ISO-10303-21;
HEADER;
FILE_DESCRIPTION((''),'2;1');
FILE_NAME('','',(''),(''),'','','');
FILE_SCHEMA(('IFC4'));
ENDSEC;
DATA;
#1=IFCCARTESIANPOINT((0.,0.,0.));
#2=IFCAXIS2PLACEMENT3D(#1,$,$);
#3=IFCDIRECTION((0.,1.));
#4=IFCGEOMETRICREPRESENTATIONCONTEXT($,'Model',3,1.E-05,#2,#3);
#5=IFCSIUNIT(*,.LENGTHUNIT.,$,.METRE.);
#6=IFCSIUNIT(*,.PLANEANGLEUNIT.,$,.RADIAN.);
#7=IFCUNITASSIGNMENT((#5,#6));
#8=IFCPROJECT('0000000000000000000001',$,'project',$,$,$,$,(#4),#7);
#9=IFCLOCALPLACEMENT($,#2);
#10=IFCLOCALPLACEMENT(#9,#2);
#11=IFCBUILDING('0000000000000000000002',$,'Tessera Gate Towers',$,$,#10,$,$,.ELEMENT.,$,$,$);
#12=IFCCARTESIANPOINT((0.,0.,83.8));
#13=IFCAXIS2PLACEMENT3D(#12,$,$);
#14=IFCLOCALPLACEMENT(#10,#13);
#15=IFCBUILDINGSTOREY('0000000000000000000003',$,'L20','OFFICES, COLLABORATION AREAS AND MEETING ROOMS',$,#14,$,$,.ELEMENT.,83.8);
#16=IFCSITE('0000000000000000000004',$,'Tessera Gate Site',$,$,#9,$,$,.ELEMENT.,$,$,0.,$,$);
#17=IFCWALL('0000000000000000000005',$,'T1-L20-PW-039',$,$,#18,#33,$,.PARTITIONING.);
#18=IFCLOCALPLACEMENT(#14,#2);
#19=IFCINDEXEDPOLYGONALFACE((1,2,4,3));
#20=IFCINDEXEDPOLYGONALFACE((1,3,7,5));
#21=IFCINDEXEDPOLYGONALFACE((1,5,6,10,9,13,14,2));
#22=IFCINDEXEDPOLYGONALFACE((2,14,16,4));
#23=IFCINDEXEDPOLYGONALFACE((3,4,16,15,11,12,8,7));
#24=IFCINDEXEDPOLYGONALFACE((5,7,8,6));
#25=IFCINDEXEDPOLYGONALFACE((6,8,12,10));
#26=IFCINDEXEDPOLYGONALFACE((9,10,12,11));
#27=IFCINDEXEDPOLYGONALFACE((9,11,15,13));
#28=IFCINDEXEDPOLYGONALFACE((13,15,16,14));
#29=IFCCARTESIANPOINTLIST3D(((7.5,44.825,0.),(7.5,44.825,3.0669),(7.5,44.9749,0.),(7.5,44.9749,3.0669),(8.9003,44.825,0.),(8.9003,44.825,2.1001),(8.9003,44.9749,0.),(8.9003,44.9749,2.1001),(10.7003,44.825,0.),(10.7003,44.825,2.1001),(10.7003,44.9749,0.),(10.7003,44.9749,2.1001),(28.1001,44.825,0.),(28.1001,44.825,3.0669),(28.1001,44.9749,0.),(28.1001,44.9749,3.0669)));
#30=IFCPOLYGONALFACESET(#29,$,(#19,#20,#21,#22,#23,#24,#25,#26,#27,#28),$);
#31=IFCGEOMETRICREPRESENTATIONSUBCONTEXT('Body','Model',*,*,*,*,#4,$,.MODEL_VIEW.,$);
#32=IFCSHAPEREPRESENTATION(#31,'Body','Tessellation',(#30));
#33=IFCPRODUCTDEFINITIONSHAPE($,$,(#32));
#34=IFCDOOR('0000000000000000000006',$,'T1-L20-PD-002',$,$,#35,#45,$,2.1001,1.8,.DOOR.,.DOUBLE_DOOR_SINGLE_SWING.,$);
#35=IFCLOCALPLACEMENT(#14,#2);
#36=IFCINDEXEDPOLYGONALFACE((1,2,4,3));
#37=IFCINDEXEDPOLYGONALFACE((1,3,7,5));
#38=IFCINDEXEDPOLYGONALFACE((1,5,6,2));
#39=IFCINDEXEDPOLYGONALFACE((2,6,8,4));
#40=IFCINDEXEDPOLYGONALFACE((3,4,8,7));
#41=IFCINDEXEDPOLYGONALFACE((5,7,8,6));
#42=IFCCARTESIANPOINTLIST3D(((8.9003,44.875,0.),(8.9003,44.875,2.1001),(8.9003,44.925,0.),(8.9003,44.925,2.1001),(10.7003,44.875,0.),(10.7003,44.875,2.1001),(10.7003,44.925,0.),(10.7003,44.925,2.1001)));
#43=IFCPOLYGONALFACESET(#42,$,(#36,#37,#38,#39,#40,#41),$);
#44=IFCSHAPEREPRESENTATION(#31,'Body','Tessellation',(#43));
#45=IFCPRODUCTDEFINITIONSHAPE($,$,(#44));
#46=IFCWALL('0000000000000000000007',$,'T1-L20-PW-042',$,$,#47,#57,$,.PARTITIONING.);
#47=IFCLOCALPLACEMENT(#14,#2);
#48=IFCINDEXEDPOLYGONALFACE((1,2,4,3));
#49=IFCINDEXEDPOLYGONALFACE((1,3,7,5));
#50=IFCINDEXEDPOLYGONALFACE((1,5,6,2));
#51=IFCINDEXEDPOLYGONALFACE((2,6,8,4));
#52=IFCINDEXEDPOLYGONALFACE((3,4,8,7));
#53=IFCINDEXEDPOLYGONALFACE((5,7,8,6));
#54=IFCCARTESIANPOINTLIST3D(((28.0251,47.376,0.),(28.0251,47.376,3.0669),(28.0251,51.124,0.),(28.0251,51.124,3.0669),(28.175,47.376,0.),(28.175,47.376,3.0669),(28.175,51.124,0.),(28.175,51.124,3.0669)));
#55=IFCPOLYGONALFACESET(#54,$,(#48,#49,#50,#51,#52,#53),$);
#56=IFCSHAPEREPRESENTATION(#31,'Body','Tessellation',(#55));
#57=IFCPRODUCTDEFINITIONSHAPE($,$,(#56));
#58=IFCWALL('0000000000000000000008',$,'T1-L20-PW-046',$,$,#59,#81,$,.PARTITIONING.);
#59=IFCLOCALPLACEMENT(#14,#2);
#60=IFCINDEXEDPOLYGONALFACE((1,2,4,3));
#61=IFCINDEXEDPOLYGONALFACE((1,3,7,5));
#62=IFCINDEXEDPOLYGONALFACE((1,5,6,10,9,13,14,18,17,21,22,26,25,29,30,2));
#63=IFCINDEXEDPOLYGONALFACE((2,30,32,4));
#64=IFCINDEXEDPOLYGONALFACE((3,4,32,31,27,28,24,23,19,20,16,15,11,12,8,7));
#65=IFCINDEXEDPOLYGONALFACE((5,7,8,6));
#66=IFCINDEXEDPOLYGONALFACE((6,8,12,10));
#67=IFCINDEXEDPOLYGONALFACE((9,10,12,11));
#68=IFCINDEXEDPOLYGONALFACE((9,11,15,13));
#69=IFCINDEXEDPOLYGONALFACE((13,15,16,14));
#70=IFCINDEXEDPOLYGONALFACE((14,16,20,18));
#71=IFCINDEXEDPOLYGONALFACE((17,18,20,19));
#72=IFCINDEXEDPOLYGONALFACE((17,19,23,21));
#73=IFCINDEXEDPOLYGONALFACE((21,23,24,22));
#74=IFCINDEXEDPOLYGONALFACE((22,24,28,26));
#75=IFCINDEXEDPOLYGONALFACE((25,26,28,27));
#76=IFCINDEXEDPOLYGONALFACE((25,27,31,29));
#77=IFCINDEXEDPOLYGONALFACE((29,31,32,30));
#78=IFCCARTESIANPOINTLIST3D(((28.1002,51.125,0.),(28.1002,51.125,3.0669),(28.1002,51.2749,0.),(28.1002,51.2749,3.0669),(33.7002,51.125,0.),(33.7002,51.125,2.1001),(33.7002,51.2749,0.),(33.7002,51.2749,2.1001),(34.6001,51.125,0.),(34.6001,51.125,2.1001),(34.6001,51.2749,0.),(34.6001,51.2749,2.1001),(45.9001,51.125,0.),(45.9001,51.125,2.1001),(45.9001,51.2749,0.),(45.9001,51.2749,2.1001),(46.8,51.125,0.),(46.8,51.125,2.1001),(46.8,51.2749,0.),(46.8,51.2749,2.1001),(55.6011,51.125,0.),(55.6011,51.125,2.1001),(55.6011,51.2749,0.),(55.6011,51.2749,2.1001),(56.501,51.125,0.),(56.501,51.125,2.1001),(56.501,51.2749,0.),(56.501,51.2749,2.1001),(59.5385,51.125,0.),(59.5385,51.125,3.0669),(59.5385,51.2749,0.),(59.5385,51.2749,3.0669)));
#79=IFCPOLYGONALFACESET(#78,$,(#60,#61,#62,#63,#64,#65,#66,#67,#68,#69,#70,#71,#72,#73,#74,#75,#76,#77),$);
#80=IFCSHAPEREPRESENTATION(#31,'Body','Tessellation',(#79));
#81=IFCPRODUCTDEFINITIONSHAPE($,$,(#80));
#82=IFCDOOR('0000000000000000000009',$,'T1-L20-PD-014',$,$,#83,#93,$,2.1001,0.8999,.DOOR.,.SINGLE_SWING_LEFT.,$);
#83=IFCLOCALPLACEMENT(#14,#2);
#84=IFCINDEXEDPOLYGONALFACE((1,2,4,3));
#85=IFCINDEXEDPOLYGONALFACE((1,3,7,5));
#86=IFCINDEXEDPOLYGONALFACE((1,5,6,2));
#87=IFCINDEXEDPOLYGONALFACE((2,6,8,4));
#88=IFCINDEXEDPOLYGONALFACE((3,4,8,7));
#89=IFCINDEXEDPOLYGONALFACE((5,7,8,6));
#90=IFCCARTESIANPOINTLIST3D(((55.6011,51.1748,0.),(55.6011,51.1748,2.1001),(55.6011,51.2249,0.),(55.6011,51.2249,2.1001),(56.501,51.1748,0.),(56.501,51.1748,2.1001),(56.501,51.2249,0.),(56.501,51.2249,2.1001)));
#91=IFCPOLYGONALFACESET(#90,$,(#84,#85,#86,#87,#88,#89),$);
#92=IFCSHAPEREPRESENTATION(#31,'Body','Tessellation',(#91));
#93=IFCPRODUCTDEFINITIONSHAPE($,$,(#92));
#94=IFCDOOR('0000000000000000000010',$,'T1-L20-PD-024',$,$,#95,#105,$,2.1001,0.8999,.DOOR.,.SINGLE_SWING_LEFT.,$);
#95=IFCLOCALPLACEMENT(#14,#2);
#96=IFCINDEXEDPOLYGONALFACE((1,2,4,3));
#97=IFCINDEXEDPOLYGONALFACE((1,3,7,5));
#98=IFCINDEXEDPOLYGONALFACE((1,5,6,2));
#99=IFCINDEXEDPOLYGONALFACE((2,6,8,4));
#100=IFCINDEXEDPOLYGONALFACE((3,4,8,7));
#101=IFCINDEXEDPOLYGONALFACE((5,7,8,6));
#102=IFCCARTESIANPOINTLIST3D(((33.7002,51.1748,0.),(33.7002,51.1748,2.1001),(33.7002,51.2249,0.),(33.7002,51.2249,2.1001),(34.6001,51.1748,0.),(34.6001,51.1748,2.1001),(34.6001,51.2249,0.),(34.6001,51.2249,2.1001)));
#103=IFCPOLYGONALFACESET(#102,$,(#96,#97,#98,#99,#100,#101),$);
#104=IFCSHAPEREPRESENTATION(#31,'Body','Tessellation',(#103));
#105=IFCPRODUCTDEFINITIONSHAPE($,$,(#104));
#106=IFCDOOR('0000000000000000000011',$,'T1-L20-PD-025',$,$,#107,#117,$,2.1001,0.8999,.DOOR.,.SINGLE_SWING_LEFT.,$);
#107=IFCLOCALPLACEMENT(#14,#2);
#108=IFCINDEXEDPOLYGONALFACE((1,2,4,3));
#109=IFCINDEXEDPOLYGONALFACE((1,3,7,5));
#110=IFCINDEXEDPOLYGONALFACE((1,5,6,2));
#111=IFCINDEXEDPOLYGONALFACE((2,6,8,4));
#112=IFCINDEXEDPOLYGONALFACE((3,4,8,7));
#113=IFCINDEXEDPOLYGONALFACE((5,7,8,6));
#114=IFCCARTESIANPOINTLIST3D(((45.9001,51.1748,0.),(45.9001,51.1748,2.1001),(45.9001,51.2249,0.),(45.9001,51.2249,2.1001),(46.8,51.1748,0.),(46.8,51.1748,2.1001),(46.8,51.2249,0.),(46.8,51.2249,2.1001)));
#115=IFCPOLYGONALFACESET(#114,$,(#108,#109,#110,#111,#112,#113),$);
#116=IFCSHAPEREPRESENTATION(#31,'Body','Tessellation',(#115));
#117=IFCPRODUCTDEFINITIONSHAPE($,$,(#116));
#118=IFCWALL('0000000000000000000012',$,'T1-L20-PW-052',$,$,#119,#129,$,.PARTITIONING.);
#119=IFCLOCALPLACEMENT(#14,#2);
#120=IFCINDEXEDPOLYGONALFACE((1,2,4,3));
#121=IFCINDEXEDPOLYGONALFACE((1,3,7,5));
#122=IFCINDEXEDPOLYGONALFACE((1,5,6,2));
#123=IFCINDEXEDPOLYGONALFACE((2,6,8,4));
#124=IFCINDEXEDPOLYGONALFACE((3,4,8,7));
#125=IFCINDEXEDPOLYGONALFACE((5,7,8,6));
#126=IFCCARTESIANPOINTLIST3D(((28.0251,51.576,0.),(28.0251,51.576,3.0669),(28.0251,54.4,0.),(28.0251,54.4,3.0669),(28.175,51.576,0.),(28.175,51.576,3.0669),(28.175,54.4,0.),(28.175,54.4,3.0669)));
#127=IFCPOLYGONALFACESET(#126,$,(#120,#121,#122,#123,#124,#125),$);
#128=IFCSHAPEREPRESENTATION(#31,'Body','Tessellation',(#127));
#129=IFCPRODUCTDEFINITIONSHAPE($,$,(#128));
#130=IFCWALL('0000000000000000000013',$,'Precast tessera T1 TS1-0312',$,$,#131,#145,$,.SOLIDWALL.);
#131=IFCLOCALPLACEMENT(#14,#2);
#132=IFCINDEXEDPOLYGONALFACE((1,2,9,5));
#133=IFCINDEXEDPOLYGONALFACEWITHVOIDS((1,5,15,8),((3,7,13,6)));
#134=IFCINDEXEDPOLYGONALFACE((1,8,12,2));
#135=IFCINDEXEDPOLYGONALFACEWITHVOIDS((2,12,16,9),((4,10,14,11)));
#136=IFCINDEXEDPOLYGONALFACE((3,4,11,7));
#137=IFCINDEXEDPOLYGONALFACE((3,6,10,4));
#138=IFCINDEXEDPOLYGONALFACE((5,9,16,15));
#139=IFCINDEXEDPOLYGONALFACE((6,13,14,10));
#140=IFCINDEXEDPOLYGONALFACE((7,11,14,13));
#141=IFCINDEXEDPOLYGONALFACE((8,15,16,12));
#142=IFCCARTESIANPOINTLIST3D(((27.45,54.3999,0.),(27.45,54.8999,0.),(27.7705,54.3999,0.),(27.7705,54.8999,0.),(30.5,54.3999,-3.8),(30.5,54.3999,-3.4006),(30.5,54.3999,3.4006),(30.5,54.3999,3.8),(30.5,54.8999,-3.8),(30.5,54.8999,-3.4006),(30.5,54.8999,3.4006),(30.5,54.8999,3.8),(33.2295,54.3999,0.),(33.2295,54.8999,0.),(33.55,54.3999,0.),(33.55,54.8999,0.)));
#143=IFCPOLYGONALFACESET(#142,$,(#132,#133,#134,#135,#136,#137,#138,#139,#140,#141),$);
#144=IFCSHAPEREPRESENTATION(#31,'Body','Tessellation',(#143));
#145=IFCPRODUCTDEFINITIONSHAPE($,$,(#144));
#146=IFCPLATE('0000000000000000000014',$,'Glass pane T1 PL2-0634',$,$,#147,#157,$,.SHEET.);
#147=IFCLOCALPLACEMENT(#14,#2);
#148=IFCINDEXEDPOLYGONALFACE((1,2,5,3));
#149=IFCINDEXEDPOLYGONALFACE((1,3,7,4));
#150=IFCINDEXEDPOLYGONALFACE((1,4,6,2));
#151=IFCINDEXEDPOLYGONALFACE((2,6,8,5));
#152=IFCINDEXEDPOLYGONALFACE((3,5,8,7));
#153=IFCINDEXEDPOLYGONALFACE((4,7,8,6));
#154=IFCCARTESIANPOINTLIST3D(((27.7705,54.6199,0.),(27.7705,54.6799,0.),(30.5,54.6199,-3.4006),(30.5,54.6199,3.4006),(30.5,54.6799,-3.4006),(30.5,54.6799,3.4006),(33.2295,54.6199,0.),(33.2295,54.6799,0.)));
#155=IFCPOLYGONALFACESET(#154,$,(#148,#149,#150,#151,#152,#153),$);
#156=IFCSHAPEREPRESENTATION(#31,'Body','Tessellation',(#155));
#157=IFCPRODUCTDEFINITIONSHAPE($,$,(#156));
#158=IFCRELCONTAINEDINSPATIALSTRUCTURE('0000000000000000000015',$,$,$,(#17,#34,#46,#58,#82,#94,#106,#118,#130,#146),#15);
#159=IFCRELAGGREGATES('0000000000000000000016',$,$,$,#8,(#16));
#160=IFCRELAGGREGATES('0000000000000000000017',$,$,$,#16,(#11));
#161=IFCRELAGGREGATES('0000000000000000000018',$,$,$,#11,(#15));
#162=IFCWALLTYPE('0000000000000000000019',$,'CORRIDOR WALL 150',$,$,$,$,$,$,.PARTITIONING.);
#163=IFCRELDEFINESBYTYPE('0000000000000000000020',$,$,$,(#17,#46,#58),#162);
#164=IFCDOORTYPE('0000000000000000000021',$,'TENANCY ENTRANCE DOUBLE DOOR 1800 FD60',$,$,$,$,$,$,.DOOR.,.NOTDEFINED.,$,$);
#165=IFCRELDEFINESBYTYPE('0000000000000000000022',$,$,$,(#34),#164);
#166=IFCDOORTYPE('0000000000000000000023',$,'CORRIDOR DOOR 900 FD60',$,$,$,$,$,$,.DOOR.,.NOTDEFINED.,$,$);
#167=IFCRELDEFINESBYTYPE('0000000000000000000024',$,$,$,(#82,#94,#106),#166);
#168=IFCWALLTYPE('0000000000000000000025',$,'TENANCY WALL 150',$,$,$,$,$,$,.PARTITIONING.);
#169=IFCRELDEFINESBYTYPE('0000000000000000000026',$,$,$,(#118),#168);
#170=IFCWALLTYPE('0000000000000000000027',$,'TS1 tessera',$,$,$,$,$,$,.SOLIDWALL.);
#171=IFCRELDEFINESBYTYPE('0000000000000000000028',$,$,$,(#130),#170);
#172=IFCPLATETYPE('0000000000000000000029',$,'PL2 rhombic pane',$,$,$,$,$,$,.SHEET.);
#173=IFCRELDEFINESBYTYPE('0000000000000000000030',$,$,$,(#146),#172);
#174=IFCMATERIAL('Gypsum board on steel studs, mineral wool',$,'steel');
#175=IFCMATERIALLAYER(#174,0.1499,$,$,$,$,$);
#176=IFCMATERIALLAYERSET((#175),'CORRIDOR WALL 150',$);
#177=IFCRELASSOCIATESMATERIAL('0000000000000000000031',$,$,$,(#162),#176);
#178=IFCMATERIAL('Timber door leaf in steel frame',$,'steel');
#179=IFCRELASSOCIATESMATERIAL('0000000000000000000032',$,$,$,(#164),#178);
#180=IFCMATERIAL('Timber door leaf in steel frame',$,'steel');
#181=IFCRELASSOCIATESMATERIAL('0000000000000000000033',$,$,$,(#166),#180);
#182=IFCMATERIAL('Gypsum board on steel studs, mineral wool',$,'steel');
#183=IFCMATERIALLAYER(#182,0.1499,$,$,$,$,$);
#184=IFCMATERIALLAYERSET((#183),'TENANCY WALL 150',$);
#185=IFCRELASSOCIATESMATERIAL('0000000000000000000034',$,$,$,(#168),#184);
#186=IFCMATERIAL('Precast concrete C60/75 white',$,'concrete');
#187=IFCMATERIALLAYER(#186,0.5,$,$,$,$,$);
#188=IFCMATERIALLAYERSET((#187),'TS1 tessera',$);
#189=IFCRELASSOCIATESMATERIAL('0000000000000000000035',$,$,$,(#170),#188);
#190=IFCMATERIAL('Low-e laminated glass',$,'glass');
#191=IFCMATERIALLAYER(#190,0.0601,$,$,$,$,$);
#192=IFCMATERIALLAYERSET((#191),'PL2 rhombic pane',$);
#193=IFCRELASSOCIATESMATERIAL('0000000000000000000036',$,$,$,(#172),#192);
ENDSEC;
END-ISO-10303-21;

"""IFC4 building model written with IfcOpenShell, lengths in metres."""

from ifc_helpers import new_model, si_unit, direction, frame, frame_2d, origin, place, context, subcontext, project, spatial, polyline, rectangle, outline, extrude, source, transform, mapped, material, layer, layer_set, type_object, element, fill, save


model = new_model("IFC4")

# Units and contexts
model_context = context("Model", 3, precision=1e-05, world=origin(), true_north=direction((0.0, 1.0)))
body_context = subcontext(model_context, "Body", "Model", "MODEL_VIEW")
ifc_project = project(units=[si_unit("LENGTHUNIT", "METRE"), si_unit("PLANEANGLEUNIT", "RADIAN")], contexts=[model_context])

# Site, building, storey
site_placement = place(None, origin())
site = spatial("IfcSite", under=ifc_project, at=site_placement, Name="Tessera Gate Site", CompositionType="ELEMENT", RefElevation=0.0)
building_placement = place(site_placement, origin())
building = spatial("IfcBuilding", under=site, at=building_placement, Name="Tessera Gate Towers", CompositionType="ELEMENT")
storey_placement = place(building_placement, frame((0.0, 0.0, 83.8)))
storey = spatial("IfcBuildingStorey", under=building, at=storey_placement, Name="L20", Description="OFFICES, COLLABORATION AREAS AND MEETING ROOMS", CompositionType="ELEMENT", Elevation=83.8)

# Shared definitions
shared_shape_1 = source(origin(), body_context, "Body", "SweptSolid", [
    extrude(rectangle(XDim=0.8999, YDim=2.1001, at=frame_2d((0.45, 1.05))), frame((0.0, 0.0249, 0.0), z_axis=(0.0, -1.0, 0.0), x_axis=(1.0, 0.0, 0.0)), (0.0, 0.0, 1.0), 0.05),
])

# Wall, opening, door
ifc_material_1 = material(Name="Gypsum board on steel studs, mineral wool", Category="steel")
ifc_layer_1 = layer(ifc_material_1, 0.1499)
ifc_layer_set_1 = layer_set([ifc_layer_1], Name="CORRIDOR WALL 150")
wall_type_1 = type_object("IfcWallType", Name="CORRIDOR WALL 150", PredefinedType="PARTITIONING", material=ifc_layer_set_1)
wall_1_placement = place(storey_placement, frame((28.1001, 44.8999, 0.0), z_axis=(0.0, 0.0, 1.0), x_axis=(-1.0, 0.0, 0.0)))
wall_1 = element("IfcWall", 1, at=wall_1_placement, inside=storey, type_object=wall_type_1, Name="T1-L20-PW-039", PredefinedType="PARTITIONING", context=body_context, shape_type="SweptSolid", body=[
    extrude(rectangle(XDim=20.6001, YDim=0.1499, at=frame_2d((10.3, 0.0))), origin(), (0.0, 0.0, 1.0), 3.0669),
])
shared_shape_2 = source(origin(), body_context, "Body", "SweptSolid", [
    extrude(rectangle(XDim=1.8, YDim=2.1001, at=frame_2d((0.8999, 1.05))), frame((0.0, 0.085, 0.0), z_axis=(0.0, -1.0, 0.0), x_axis=(1.0, 0.0, 0.0)), (0.0, 0.0, 1.0), 0.1699),
])
opening_1_placement = place(wall_1_placement, frame((17.3999, 0.0, 0.0)))
opening_1 = element("IfcOpeningElement", 2, at=opening_1_placement, cuts=wall_1, PredefinedType="OPENING", context=body_context, shape_type="MappedRepresentation", body=[
    mapped(shared_shape_2, transform((0.0, 0.0, 0.0), scale=1.0)),
])
ifc_material_2 = material(Name="Timber door leaf in steel frame", Category="steel")
door_type_1 = type_object("IfcDoorType", Name="TENANCY ENTRANCE DOUBLE DOOR 1800 FD60", OperationType="NOTDEFINED", PredefinedType="DOOR", material=ifc_material_2)
shared_shape_3 = source(origin(), body_context, "Body", "SweptSolid", [
    extrude(rectangle(XDim=1.8, YDim=2.1001, at=frame_2d((0.8999, 1.05))), frame((0.0, 0.0249, 0.0), z_axis=(0.0, -1.0, 0.0), x_axis=(1.0, 0.0, 0.0)), (0.0, 0.0, 1.0), 0.05),
])
door_1_placement = place(opening_1_placement, origin())
door_1 = element("IfcDoor", 3, at=door_1_placement, inside=storey, type_object=door_type_1, Name="T1-L20-PD-002", OperationType="DOUBLE_DOOR_SINGLE_SWING", OverallHeight=2.1001, OverallWidth=1.8, PredefinedType="DOOR", context=body_context, shape_type="MappedRepresentation", body=[
    mapped(shared_shape_3, transform((0.0, 0.0, 0.0), scale=1.0)),
])
fill(opening_1, door_1)

# Wall
wall_2_placement = place(storey_placement, frame((28.1001, 47.376, 0.0), z_axis=(0.0, 0.0, 1.0), x_axis=(0.0, 1.0, 0.0)))
element("IfcWall", 4, at=wall_2_placement, inside=storey, type_object=wall_type_1, Name="T1-L20-PW-042", PredefinedType="PARTITIONING", context=body_context, shape_type="SweptSolid", body=[
    extrude(rectangle(XDim=3.748, YDim=0.1499, at=frame_2d((1.874, 0.0))), origin(), (0.0, 0.0, 1.0), 3.0669),
])

# Wall, openings, doors
wall_3_placement = place(storey_placement, frame((28.1001, 51.2, 0.0), z_axis=(0.0, 0.0, 1.0), x_axis=(1.0, 0.0, 0.0)))
wall_3 = element("IfcWall", 5, at=wall_3_placement, inside=storey, type_object=wall_type_1, Name="T1-L20-PW-046", PredefinedType="PARTITIONING", context=body_context, shape_type="SweptSolid", body=[
    extrude(rectangle(XDim=31.4382, YDim=0.1499, at=frame_2d((15.7192, 0.0))), origin(), (0.0, 0.0, 1.0), 3.0669),
])
shared_shape_4 = source(origin(), body_context, "Body", "SweptSolid", [
    extrude(rectangle(XDim=0.8999, YDim=2.1001, at=frame_2d((0.45, 1.05))), frame((0.0, 0.085, 0.0), z_axis=(0.0, -1.0, 0.0), x_axis=(1.0, 0.0, 0.0)), (0.0, 0.0, 1.0), 0.1699),
])
opening_2_placement = place(wall_3_placement, frame((27.501, 0.0, 0.0)))
opening_2 = element("IfcOpeningElement", 6, at=opening_2_placement, cuts=wall_3, PredefinedType="OPENING", context=body_context, shape_type="MappedRepresentation", body=[
    mapped(shared_shape_4, transform((0.0, 0.0, 0.0), scale=1.0)),
])
opening_3_placement = place(wall_3_placement, frame((5.6001, 0.0, 0.0)))
opening_3 = element("IfcOpeningElement", 7, at=opening_3_placement, cuts=wall_3, PredefinedType="OPENING", context=body_context, shape_type="MappedRepresentation", body=[
    mapped(shared_shape_4, transform((0.0, 0.0, 0.0), scale=1.0)),
])
opening_4_placement = place(wall_3_placement, frame((17.8, 0.0, 0.0)))
opening_4 = element("IfcOpeningElement", 8, at=opening_4_placement, cuts=wall_3, PredefinedType="OPENING", context=body_context, shape_type="MappedRepresentation", body=[
    mapped(shared_shape_4, transform((0.0, 0.0, 0.0), scale=1.0)),
])
ifc_material_3 = material(Name="Timber door leaf in steel frame", Category="steel")
door_type_2 = type_object("IfcDoorType", Name="CORRIDOR DOOR 900 FD60", OperationType="NOTDEFINED", PredefinedType="DOOR", material=ifc_material_3)
door_2_placement = place(opening_2_placement, origin())
door_2 = element("IfcDoor", 9, at=door_2_placement, inside=storey, type_object=door_type_2, Name="T1-L20-PD-014", OperationType="SINGLE_SWING_LEFT", OverallHeight=2.1001, OverallWidth=0.8999, PredefinedType="DOOR", context=body_context, shape_type="MappedRepresentation", body=[
    mapped(shared_shape_1, transform((0.0, 0.0, 0.0), scale=1.0)),
])
fill(opening_2, door_2)
door_3_placement = place(opening_3_placement, origin())
door_3 = element("IfcDoor", 10, at=door_3_placement, inside=storey, type_object=door_type_2, Name="T1-L20-PD-024", OperationType="SINGLE_SWING_LEFT", OverallHeight=2.1001, OverallWidth=0.8999, PredefinedType="DOOR", context=body_context, shape_type="MappedRepresentation", body=[
    mapped(shared_shape_1, transform((0.0, 0.0, 0.0), scale=1.0)),
])
fill(opening_3, door_3)
door_4_placement = place(opening_4_placement, origin())
door_4 = element("IfcDoor", 11, at=door_4_placement, inside=storey, type_object=door_type_2, Name="T1-L20-PD-025", OperationType="SINGLE_SWING_LEFT", OverallHeight=2.1001, OverallWidth=0.8999, PredefinedType="DOOR", context=body_context, shape_type="MappedRepresentation", body=[
    mapped(shared_shape_1, transform((0.0, 0.0, 0.0), scale=1.0)),
])
fill(opening_4, door_4)

# Wall
ifc_material_4 = material(Name="Gypsum board on steel studs, mineral wool", Category="steel")
ifc_layer_2 = layer(ifc_material_4, 0.1499)
ifc_layer_set_2 = layer_set([ifc_layer_2], Name="TENANCY WALL 150")
wall_type_2 = type_object("IfcWallType", Name="TENANCY WALL 150", PredefinedType="PARTITIONING", material=ifc_layer_set_2)
wall_4_placement = place(storey_placement, frame((28.1001, 51.5759, 0.0), z_axis=(0.0, 0.0, 1.0), x_axis=(0.0, 1.0, 0.0)))
element("IfcWall", 12, at=wall_4_placement, inside=storey, type_object=wall_type_2, Name="T1-L20-PW-052", PredefinedType="PARTITIONING", context=body_context, shape_type="SweptSolid", body=[
    extrude(rectangle(XDim=2.824, YDim=0.1499, at=frame_2d((1.4121, 0.0))), origin(), (0.0, 0.0, 1.0), 3.0669),
])

# Wall, opening, plate
ifc_material_5 = material(Name="Precast concrete C60/75 white", Category="concrete")
ifc_layer_3 = layer(ifc_material_5, 0.5)
ifc_layer_set_3 = layer_set([ifc_layer_3], Name="TS1 tessera")
wall_type_3 = type_object("IfcWallType", Name="TS1 tessera", PredefinedType="SOLIDWALL", material=ifc_layer_set_3)
shared_shape_5 = source(origin(), body_context, "Body", "SweptSolid", [
    extrude(outline(polyline([(3.05, 0.0), (6.1001, 3.8), (3.05, 7.6001), (0.0, 3.8), (3.05, 0.0)])), frame((0.0, 0.25, 0.0), z_axis=(0.0, -1.0, 0.0), x_axis=(1.0, 0.0, 0.0)), (0.0, 0.0, 1.0), 0.5),
])
wall_5_placement = place(storey_placement, frame((33.55, 54.6499, -3.8), z_axis=(0.0, 0.0, 1.0), x_axis=(-1.0, 0.0, 0.0)))
wall_5 = element("IfcWall", 13, at=wall_5_placement, inside=storey, type_object=wall_type_3, Name="Precast tessera T1 TS1-0312", PredefinedType="SOLIDWALL", context=body_context, shape_type="MappedRepresentation", body=[
    mapped(shared_shape_5, transform((0.0, 0.0, 0.0), scale=1.0)),
])
shared_shape_6 = source(origin(), body_context, "Body", "SweptSolid", [
    extrude(outline(polyline([(3.05, 0.3994), (5.7795, 3.8), (3.05, 7.2007), (0.3206, 3.8), (3.05, 0.3994)])), frame((0.0, 0.26, 0.0), z_axis=(0.0, -1.0, 0.0), x_axis=(1.0, 0.0, 0.0)), (0.0, 0.0, 1.0), 0.52),
])
opening_5_placement = place(wall_5_placement, origin())
opening_5 = element("IfcOpeningElement", 14, at=opening_5_placement, cuts=wall_5, PredefinedType="OPENING", context=body_context, shape_type="MappedRepresentation", body=[
    mapped(shared_shape_6, transform((0.0, 0.0, 0.0), scale=1.0)),
])
ifc_material_6 = material(Name="Low-e laminated glass", Category="glass")
ifc_layer_4 = layer(ifc_material_6, 0.0601)
ifc_layer_set_4 = layer_set([ifc_layer_4], Name="PL2 rhombic pane")
plate_type = type_object("IfcPlateType", Name="PL2 rhombic pane", PredefinedType="SHEET", material=ifc_layer_set_4)
shared_shape_7 = source(origin(), body_context, "Body", "SweptSolid", [
    extrude(outline(polyline([(3.05, 0.3994), (5.7795, 3.8), (3.05, 7.2007), (0.3206, 3.8), (3.05, 0.3994)])), frame((0.0, 0.03, 0.0), z_axis=(0.0, -1.0, 0.0), x_axis=(1.0, 0.0, 0.0)), (0.0, 0.0, 1.0), 0.0601),
])
plate_placement = place(opening_5_placement, origin())
plate = element("IfcPlate", 15, at=plate_placement, inside=storey, type_object=plate_type, Name="Glass pane T1 PL2-0634", PredefinedType="SHEET", context=body_context, shape_type="MappedRepresentation", body=[
    mapped(shared_shape_7, transform((0.0, 0.0, 0.0), scale=1.0)),
])
fill(opening_5, plate)

save(model, "model.ifc")
